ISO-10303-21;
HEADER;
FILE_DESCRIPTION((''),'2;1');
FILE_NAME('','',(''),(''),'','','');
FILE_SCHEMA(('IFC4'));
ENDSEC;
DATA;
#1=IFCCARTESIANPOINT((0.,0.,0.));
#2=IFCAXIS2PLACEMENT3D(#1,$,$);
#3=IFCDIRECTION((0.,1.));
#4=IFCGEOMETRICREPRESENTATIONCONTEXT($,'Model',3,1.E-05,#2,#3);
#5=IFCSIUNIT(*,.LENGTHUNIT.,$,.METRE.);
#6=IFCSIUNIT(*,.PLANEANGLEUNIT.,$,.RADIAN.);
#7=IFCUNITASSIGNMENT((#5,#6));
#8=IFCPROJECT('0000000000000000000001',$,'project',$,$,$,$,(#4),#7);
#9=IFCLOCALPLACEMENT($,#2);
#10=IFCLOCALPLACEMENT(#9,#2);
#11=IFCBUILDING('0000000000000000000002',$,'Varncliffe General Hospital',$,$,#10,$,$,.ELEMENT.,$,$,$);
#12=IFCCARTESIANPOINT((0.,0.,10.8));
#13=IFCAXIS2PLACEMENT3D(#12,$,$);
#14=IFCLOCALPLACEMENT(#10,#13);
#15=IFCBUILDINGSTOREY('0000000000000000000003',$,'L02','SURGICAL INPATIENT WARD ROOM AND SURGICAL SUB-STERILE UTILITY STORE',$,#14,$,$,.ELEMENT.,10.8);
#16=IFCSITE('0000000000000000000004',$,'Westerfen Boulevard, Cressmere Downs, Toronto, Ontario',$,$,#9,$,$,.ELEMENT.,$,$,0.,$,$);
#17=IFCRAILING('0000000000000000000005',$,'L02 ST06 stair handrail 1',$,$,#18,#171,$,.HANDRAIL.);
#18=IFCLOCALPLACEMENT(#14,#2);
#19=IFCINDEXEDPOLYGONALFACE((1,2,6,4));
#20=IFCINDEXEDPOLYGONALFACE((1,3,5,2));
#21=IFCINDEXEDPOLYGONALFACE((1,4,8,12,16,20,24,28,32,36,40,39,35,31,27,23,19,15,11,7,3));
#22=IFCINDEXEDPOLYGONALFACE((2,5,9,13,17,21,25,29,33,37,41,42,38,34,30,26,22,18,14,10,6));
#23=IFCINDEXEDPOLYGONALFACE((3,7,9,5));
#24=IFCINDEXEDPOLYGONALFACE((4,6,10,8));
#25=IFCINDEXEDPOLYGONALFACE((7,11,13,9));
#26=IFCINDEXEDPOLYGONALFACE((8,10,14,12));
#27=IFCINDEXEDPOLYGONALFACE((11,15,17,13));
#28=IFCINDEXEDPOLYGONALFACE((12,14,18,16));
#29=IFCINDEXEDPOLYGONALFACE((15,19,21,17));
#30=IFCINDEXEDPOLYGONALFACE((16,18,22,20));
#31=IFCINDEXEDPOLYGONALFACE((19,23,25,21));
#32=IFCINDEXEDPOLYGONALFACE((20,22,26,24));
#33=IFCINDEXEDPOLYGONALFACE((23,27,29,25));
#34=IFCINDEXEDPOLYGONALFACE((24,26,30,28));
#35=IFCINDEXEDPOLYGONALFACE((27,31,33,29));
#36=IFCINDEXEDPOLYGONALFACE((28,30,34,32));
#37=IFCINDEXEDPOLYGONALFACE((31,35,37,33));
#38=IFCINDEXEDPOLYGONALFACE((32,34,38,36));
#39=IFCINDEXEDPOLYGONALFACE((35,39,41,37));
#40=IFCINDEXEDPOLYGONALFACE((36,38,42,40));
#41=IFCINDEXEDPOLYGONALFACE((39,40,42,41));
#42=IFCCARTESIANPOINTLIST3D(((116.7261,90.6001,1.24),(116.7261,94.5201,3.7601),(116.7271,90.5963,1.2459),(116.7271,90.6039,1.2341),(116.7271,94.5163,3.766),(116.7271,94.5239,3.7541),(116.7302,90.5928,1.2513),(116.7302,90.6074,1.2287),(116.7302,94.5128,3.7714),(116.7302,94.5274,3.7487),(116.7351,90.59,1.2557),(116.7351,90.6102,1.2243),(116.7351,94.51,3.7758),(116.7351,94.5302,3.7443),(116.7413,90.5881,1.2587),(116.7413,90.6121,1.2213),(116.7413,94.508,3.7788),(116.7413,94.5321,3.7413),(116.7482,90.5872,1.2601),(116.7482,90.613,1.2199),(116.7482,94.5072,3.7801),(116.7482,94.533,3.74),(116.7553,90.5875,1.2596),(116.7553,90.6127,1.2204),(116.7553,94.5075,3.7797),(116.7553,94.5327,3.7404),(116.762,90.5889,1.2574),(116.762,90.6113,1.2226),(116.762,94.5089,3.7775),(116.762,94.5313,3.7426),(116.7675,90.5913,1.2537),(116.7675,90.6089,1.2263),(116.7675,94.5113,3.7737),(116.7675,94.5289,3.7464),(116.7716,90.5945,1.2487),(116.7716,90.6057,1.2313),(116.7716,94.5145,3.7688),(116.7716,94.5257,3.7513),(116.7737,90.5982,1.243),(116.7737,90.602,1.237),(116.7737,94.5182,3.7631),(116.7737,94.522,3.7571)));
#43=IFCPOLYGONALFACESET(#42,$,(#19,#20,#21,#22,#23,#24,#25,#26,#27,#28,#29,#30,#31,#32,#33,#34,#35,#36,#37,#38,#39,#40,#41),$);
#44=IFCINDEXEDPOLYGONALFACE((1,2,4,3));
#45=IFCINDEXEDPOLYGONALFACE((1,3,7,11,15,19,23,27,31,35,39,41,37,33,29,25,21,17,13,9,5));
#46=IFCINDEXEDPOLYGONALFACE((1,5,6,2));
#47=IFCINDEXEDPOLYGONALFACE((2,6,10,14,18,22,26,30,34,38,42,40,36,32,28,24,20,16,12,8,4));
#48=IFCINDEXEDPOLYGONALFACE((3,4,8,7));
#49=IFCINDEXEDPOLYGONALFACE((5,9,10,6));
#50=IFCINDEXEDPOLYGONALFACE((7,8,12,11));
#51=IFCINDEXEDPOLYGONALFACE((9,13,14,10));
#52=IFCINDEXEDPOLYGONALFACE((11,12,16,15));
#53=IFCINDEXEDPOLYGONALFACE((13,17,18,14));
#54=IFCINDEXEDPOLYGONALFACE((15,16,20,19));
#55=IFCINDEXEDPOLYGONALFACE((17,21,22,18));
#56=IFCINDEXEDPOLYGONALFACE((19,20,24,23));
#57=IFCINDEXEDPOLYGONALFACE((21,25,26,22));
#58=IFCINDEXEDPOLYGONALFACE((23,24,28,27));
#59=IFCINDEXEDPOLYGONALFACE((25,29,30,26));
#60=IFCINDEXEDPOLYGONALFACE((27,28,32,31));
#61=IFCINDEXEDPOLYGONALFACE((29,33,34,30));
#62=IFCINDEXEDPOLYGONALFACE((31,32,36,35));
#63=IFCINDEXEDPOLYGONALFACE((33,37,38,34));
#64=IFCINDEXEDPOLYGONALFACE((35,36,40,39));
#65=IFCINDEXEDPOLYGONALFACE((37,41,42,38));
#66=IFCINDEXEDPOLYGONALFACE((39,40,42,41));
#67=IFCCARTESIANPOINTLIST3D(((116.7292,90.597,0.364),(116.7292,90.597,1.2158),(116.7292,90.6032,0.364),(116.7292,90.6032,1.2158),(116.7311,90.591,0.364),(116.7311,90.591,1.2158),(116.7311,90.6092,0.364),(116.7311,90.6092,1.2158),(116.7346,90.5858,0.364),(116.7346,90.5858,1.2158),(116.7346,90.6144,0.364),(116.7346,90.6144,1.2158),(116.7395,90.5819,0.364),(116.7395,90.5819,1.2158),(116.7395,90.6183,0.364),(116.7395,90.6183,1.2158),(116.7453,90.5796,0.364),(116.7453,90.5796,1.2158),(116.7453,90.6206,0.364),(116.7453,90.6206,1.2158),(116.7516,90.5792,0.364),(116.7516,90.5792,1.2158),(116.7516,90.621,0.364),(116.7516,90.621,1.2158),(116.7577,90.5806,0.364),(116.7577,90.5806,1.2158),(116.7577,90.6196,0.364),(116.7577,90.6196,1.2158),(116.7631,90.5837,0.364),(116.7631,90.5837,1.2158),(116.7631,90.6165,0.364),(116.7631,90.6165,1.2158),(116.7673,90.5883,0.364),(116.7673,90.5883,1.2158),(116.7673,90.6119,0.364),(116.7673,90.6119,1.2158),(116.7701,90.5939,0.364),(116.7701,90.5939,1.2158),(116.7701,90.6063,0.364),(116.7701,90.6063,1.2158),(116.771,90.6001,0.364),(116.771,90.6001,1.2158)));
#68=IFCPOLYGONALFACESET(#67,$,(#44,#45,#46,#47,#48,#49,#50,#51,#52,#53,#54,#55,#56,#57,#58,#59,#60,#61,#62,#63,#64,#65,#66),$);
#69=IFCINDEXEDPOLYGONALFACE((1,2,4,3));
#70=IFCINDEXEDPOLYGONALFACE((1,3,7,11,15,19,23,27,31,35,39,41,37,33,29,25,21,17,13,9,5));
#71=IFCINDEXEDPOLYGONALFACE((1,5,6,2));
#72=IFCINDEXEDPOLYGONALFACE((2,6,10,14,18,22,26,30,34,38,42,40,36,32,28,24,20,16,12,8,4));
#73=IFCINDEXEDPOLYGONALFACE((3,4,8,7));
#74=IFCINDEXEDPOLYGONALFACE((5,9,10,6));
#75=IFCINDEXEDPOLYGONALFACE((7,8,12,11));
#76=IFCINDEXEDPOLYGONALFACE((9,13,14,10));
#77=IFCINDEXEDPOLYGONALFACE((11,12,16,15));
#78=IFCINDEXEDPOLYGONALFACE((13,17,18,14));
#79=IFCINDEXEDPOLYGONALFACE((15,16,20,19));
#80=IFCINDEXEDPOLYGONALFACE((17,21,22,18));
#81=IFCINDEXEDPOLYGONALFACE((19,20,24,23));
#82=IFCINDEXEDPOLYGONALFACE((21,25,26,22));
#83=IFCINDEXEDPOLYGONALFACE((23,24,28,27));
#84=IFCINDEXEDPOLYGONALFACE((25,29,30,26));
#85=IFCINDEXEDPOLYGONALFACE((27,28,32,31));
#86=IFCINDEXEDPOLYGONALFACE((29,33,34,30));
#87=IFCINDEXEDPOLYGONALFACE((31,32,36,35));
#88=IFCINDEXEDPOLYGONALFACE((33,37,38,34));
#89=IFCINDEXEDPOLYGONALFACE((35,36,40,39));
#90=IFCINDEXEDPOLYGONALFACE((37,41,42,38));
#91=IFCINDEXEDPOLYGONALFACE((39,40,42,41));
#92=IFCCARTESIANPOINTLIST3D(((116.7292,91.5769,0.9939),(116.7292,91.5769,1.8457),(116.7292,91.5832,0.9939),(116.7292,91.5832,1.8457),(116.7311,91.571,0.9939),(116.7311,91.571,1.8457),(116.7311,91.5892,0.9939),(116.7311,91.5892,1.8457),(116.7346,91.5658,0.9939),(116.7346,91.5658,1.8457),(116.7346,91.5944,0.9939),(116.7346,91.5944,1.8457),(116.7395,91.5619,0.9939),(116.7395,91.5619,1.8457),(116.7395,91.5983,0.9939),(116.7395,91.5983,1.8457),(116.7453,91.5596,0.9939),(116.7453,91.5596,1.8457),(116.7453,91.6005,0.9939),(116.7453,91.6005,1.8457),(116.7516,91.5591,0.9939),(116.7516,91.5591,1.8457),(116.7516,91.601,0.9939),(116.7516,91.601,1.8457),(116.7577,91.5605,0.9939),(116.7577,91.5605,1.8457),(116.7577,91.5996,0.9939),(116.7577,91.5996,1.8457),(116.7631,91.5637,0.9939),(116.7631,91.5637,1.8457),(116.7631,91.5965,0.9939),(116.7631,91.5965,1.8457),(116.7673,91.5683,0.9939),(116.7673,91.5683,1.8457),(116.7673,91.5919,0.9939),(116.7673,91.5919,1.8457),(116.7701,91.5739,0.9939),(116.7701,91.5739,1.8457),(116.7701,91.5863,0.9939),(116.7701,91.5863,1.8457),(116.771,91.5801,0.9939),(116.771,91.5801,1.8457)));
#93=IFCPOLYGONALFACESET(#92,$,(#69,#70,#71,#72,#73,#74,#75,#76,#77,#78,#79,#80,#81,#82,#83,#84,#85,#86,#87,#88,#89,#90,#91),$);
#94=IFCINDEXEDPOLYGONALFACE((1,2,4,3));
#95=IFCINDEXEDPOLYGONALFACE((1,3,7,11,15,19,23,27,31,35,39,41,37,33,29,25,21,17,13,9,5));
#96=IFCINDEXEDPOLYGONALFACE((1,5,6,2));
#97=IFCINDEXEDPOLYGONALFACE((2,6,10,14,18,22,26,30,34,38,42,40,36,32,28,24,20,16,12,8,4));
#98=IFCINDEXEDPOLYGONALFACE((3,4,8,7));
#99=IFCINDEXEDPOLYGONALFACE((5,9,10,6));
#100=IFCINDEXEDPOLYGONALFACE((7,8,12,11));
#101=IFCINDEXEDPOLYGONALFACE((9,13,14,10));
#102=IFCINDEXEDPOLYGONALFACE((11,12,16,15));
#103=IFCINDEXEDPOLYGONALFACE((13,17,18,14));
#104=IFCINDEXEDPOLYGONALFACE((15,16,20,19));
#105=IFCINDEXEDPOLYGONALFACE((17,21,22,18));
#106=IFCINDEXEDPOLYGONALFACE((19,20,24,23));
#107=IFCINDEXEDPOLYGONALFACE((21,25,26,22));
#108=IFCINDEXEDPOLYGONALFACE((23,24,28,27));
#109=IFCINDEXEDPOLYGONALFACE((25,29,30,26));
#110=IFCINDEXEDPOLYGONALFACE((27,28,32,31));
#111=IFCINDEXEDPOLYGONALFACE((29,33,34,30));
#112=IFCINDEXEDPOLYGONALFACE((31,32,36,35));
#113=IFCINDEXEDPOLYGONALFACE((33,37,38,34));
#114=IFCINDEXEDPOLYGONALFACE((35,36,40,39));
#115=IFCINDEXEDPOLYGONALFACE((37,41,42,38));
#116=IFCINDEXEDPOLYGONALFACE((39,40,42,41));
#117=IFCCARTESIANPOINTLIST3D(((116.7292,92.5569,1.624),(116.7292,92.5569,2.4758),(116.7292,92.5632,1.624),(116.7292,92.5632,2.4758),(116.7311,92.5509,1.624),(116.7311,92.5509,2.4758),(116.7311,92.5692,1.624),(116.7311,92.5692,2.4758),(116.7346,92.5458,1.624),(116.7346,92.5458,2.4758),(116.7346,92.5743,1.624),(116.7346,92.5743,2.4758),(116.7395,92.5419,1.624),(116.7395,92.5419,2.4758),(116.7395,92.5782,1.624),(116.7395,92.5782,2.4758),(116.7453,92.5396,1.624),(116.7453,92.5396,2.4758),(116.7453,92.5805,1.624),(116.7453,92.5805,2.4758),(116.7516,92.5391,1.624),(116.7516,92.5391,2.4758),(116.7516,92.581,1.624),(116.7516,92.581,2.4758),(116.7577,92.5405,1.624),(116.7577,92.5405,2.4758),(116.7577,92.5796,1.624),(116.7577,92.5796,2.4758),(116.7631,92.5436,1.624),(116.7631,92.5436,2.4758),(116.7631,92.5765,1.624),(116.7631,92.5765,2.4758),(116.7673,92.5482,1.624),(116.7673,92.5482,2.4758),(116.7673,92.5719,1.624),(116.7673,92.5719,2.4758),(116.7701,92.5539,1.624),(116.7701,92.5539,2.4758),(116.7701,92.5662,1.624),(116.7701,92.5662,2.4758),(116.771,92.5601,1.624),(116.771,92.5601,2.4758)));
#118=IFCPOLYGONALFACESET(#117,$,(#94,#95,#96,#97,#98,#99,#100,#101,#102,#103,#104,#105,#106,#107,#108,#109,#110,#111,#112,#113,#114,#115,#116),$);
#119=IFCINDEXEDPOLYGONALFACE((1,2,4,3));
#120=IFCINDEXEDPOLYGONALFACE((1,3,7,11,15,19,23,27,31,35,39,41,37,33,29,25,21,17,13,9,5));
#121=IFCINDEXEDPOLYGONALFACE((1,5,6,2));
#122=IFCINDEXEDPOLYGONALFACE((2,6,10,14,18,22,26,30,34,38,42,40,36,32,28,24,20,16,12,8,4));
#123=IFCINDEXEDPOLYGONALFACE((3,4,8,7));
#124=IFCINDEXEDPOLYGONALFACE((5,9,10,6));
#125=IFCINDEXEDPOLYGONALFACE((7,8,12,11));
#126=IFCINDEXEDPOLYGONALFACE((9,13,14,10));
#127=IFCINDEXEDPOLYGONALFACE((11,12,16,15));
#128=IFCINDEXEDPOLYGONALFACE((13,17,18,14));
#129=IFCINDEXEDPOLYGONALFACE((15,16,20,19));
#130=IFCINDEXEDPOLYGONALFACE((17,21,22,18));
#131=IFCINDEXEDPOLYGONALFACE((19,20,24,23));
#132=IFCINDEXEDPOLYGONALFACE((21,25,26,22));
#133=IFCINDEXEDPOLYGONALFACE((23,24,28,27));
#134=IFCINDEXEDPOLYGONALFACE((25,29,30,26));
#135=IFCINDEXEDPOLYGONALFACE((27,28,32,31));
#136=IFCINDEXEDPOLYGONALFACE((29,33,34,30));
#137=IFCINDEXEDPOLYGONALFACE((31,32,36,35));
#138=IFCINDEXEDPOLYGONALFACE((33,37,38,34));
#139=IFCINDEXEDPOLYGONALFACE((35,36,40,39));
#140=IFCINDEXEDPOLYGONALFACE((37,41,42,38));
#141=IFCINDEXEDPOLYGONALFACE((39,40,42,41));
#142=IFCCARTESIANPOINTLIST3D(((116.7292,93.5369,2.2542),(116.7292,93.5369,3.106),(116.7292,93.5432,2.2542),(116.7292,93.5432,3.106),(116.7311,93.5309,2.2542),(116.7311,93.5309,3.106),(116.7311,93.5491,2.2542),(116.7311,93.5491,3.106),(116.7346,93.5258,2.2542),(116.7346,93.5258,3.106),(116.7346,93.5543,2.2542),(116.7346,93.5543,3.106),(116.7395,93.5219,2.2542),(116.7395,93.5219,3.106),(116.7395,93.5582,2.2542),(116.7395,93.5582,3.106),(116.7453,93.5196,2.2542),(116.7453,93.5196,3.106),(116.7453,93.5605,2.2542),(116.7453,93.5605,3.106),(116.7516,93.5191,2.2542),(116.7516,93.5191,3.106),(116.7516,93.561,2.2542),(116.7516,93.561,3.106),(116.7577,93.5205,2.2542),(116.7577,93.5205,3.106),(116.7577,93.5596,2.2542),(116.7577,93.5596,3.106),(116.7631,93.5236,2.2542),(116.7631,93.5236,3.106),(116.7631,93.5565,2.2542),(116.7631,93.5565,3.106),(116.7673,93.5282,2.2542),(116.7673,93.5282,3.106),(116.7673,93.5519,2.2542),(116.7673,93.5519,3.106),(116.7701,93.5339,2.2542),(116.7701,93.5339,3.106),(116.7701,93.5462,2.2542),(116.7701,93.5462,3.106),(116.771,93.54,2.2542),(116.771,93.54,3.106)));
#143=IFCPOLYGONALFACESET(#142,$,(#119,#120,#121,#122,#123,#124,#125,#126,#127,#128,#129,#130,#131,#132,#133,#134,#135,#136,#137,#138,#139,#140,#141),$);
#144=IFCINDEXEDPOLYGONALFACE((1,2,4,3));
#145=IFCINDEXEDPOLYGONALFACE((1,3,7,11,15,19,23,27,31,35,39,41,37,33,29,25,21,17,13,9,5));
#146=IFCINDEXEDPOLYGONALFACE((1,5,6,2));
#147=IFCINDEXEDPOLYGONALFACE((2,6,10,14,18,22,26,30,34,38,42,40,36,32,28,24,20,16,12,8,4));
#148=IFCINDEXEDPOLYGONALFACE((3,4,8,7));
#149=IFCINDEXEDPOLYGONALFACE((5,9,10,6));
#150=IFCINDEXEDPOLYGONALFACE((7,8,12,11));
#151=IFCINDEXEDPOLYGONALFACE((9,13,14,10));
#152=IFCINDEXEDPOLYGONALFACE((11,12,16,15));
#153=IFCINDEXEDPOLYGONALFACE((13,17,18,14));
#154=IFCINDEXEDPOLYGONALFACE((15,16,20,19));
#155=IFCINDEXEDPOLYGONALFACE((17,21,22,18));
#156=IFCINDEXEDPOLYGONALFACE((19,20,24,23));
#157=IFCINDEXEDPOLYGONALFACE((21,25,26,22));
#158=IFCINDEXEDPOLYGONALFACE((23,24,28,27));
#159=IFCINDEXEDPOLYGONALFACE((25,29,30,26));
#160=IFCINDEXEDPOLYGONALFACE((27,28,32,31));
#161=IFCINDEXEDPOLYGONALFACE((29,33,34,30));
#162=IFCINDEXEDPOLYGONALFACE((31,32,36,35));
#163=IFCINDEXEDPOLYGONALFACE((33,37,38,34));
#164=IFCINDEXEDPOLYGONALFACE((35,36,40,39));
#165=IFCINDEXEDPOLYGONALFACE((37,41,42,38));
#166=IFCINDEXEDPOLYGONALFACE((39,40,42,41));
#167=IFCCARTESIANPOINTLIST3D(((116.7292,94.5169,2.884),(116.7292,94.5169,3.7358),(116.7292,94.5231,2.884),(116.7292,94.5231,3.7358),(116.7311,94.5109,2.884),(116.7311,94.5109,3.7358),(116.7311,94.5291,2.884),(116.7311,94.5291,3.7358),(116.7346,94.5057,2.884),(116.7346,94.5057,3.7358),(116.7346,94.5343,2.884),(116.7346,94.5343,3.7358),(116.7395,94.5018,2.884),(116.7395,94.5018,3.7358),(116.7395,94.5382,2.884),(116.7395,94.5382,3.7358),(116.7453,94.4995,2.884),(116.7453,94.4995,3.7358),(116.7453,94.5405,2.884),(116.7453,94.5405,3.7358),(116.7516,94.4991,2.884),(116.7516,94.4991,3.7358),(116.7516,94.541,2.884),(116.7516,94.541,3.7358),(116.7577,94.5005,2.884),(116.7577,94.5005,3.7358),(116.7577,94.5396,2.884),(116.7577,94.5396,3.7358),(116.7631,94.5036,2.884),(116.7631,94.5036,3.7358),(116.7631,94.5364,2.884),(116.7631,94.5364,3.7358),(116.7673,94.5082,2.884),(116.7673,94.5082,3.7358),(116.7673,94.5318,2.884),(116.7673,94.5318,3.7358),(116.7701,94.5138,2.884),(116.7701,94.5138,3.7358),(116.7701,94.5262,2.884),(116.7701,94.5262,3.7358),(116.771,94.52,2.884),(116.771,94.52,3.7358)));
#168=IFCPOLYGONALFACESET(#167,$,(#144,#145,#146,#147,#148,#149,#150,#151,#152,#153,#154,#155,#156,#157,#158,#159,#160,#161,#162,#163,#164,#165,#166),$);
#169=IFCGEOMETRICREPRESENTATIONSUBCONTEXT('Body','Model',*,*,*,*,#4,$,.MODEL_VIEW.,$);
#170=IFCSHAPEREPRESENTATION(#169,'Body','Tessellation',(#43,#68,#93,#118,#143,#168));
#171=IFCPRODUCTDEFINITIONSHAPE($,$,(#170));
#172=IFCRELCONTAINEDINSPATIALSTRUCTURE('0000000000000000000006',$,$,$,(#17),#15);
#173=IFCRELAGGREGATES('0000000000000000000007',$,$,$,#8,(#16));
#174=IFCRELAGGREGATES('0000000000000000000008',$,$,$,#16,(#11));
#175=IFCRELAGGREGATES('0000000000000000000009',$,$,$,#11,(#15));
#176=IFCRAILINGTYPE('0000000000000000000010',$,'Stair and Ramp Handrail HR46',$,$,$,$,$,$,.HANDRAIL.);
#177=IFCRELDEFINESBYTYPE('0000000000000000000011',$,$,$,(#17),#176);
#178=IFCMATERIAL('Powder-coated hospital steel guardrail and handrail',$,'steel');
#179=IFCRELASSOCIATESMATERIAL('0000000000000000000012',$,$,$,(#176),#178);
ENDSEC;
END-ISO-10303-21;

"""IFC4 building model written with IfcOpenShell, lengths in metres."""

from ifc_helpers import new_model, si_unit, direction, frame, origin, origin_2d, place, context, subcontext, project, spatial, circle, extrude, material, type_object, element, save


model = new_model("IFC4")

# Units and contexts
model_context = context("Model", 3, precision=1e-05, world=origin(), true_north=direction((0.0, 1.0)))
body_context = subcontext(model_context, "Body", "Model", "MODEL_VIEW")
ifc_project = project(units=[si_unit("LENGTHUNIT", "METRE"), si_unit("PLANEANGLEUNIT", "RADIAN")], contexts=[model_context])

# Site, building, storey
site_placement = place(None, origin())
site = spatial("IfcSite", under=ifc_project, at=site_placement, Name="Westerfen Boulevard, Cressmere Downs, Toronto, Ontario", CompositionType="ELEMENT", RefElevation=0.0)
building_placement = place(site_placement, origin())
building = spatial("IfcBuilding", under=site, at=building_placement, Name="Varncliffe General Hospital", CompositionType="ELEMENT")
storey_placement = place(building_placement, frame((0.0, 0.0, 10.8)))
storey = spatial("IfcBuildingStorey", under=building, at=storey_placement, Name="L02", Description="SURGICAL INPATIENT WARD ROOM AND SURGICAL SUB-STERILE UTILITY STORE", CompositionType="ELEMENT", Elevation=10.8)

# Railing
ifc_material_1 = material(Name="Powder-coated hospital steel guardrail and handrail", Category="steel")
railing_type_1 = type_object("IfcRailingType", Name="Stair and Ramp Handrail HR46", PredefinedType="HANDRAIL", material=ifc_material_1)
railing_1_placement = place(storey_placement, frame((116.75, 90.6001, 0.364)))
element("IfcRailing", 1, at=railing_1_placement, inside=storey, type_object=railing_type_1, Name="L02 ST06 stair handrail 1", PredefinedType="HANDRAIL", context=body_context, shape_type="SweptSolid", body=[
    extrude(circle(Radius=0.0239, at=origin_2d()), frame((0.0, 0.0, 0.876), z_axis=(0.0, 0.841172, 0.540768), x_axis=(-1.0, 0.0, 0.0)), (0.0, 0.0, 1.0), 4.6602),
    extrude(circle(Radius=0.021, at=origin_2d()), origin(), (0.0, 0.0, 1.0), 0.8518),
    extrude(circle(Radius=0.021, at=origin_2d()), frame((0.0, 0.98, 0.6299)), (0.0, 0.0, 1.0), 0.8518),
    extrude(circle(Radius=0.021, at=origin_2d()), frame((0.0, 1.96, 1.26)), (0.0, 0.0, 1.0), 0.8518),
    extrude(circle(Radius=0.021, at=origin_2d()), frame((0.0, 2.9399, 1.8901)), (0.0, 0.0, 1.0), 0.8518),
    extrude(circle(Radius=0.021, at=origin_2d()), frame((0.0, 3.9199, 2.52)), (0.0, 0.0, 1.0), 0.8518),
])

save(model, "model.ifc")
